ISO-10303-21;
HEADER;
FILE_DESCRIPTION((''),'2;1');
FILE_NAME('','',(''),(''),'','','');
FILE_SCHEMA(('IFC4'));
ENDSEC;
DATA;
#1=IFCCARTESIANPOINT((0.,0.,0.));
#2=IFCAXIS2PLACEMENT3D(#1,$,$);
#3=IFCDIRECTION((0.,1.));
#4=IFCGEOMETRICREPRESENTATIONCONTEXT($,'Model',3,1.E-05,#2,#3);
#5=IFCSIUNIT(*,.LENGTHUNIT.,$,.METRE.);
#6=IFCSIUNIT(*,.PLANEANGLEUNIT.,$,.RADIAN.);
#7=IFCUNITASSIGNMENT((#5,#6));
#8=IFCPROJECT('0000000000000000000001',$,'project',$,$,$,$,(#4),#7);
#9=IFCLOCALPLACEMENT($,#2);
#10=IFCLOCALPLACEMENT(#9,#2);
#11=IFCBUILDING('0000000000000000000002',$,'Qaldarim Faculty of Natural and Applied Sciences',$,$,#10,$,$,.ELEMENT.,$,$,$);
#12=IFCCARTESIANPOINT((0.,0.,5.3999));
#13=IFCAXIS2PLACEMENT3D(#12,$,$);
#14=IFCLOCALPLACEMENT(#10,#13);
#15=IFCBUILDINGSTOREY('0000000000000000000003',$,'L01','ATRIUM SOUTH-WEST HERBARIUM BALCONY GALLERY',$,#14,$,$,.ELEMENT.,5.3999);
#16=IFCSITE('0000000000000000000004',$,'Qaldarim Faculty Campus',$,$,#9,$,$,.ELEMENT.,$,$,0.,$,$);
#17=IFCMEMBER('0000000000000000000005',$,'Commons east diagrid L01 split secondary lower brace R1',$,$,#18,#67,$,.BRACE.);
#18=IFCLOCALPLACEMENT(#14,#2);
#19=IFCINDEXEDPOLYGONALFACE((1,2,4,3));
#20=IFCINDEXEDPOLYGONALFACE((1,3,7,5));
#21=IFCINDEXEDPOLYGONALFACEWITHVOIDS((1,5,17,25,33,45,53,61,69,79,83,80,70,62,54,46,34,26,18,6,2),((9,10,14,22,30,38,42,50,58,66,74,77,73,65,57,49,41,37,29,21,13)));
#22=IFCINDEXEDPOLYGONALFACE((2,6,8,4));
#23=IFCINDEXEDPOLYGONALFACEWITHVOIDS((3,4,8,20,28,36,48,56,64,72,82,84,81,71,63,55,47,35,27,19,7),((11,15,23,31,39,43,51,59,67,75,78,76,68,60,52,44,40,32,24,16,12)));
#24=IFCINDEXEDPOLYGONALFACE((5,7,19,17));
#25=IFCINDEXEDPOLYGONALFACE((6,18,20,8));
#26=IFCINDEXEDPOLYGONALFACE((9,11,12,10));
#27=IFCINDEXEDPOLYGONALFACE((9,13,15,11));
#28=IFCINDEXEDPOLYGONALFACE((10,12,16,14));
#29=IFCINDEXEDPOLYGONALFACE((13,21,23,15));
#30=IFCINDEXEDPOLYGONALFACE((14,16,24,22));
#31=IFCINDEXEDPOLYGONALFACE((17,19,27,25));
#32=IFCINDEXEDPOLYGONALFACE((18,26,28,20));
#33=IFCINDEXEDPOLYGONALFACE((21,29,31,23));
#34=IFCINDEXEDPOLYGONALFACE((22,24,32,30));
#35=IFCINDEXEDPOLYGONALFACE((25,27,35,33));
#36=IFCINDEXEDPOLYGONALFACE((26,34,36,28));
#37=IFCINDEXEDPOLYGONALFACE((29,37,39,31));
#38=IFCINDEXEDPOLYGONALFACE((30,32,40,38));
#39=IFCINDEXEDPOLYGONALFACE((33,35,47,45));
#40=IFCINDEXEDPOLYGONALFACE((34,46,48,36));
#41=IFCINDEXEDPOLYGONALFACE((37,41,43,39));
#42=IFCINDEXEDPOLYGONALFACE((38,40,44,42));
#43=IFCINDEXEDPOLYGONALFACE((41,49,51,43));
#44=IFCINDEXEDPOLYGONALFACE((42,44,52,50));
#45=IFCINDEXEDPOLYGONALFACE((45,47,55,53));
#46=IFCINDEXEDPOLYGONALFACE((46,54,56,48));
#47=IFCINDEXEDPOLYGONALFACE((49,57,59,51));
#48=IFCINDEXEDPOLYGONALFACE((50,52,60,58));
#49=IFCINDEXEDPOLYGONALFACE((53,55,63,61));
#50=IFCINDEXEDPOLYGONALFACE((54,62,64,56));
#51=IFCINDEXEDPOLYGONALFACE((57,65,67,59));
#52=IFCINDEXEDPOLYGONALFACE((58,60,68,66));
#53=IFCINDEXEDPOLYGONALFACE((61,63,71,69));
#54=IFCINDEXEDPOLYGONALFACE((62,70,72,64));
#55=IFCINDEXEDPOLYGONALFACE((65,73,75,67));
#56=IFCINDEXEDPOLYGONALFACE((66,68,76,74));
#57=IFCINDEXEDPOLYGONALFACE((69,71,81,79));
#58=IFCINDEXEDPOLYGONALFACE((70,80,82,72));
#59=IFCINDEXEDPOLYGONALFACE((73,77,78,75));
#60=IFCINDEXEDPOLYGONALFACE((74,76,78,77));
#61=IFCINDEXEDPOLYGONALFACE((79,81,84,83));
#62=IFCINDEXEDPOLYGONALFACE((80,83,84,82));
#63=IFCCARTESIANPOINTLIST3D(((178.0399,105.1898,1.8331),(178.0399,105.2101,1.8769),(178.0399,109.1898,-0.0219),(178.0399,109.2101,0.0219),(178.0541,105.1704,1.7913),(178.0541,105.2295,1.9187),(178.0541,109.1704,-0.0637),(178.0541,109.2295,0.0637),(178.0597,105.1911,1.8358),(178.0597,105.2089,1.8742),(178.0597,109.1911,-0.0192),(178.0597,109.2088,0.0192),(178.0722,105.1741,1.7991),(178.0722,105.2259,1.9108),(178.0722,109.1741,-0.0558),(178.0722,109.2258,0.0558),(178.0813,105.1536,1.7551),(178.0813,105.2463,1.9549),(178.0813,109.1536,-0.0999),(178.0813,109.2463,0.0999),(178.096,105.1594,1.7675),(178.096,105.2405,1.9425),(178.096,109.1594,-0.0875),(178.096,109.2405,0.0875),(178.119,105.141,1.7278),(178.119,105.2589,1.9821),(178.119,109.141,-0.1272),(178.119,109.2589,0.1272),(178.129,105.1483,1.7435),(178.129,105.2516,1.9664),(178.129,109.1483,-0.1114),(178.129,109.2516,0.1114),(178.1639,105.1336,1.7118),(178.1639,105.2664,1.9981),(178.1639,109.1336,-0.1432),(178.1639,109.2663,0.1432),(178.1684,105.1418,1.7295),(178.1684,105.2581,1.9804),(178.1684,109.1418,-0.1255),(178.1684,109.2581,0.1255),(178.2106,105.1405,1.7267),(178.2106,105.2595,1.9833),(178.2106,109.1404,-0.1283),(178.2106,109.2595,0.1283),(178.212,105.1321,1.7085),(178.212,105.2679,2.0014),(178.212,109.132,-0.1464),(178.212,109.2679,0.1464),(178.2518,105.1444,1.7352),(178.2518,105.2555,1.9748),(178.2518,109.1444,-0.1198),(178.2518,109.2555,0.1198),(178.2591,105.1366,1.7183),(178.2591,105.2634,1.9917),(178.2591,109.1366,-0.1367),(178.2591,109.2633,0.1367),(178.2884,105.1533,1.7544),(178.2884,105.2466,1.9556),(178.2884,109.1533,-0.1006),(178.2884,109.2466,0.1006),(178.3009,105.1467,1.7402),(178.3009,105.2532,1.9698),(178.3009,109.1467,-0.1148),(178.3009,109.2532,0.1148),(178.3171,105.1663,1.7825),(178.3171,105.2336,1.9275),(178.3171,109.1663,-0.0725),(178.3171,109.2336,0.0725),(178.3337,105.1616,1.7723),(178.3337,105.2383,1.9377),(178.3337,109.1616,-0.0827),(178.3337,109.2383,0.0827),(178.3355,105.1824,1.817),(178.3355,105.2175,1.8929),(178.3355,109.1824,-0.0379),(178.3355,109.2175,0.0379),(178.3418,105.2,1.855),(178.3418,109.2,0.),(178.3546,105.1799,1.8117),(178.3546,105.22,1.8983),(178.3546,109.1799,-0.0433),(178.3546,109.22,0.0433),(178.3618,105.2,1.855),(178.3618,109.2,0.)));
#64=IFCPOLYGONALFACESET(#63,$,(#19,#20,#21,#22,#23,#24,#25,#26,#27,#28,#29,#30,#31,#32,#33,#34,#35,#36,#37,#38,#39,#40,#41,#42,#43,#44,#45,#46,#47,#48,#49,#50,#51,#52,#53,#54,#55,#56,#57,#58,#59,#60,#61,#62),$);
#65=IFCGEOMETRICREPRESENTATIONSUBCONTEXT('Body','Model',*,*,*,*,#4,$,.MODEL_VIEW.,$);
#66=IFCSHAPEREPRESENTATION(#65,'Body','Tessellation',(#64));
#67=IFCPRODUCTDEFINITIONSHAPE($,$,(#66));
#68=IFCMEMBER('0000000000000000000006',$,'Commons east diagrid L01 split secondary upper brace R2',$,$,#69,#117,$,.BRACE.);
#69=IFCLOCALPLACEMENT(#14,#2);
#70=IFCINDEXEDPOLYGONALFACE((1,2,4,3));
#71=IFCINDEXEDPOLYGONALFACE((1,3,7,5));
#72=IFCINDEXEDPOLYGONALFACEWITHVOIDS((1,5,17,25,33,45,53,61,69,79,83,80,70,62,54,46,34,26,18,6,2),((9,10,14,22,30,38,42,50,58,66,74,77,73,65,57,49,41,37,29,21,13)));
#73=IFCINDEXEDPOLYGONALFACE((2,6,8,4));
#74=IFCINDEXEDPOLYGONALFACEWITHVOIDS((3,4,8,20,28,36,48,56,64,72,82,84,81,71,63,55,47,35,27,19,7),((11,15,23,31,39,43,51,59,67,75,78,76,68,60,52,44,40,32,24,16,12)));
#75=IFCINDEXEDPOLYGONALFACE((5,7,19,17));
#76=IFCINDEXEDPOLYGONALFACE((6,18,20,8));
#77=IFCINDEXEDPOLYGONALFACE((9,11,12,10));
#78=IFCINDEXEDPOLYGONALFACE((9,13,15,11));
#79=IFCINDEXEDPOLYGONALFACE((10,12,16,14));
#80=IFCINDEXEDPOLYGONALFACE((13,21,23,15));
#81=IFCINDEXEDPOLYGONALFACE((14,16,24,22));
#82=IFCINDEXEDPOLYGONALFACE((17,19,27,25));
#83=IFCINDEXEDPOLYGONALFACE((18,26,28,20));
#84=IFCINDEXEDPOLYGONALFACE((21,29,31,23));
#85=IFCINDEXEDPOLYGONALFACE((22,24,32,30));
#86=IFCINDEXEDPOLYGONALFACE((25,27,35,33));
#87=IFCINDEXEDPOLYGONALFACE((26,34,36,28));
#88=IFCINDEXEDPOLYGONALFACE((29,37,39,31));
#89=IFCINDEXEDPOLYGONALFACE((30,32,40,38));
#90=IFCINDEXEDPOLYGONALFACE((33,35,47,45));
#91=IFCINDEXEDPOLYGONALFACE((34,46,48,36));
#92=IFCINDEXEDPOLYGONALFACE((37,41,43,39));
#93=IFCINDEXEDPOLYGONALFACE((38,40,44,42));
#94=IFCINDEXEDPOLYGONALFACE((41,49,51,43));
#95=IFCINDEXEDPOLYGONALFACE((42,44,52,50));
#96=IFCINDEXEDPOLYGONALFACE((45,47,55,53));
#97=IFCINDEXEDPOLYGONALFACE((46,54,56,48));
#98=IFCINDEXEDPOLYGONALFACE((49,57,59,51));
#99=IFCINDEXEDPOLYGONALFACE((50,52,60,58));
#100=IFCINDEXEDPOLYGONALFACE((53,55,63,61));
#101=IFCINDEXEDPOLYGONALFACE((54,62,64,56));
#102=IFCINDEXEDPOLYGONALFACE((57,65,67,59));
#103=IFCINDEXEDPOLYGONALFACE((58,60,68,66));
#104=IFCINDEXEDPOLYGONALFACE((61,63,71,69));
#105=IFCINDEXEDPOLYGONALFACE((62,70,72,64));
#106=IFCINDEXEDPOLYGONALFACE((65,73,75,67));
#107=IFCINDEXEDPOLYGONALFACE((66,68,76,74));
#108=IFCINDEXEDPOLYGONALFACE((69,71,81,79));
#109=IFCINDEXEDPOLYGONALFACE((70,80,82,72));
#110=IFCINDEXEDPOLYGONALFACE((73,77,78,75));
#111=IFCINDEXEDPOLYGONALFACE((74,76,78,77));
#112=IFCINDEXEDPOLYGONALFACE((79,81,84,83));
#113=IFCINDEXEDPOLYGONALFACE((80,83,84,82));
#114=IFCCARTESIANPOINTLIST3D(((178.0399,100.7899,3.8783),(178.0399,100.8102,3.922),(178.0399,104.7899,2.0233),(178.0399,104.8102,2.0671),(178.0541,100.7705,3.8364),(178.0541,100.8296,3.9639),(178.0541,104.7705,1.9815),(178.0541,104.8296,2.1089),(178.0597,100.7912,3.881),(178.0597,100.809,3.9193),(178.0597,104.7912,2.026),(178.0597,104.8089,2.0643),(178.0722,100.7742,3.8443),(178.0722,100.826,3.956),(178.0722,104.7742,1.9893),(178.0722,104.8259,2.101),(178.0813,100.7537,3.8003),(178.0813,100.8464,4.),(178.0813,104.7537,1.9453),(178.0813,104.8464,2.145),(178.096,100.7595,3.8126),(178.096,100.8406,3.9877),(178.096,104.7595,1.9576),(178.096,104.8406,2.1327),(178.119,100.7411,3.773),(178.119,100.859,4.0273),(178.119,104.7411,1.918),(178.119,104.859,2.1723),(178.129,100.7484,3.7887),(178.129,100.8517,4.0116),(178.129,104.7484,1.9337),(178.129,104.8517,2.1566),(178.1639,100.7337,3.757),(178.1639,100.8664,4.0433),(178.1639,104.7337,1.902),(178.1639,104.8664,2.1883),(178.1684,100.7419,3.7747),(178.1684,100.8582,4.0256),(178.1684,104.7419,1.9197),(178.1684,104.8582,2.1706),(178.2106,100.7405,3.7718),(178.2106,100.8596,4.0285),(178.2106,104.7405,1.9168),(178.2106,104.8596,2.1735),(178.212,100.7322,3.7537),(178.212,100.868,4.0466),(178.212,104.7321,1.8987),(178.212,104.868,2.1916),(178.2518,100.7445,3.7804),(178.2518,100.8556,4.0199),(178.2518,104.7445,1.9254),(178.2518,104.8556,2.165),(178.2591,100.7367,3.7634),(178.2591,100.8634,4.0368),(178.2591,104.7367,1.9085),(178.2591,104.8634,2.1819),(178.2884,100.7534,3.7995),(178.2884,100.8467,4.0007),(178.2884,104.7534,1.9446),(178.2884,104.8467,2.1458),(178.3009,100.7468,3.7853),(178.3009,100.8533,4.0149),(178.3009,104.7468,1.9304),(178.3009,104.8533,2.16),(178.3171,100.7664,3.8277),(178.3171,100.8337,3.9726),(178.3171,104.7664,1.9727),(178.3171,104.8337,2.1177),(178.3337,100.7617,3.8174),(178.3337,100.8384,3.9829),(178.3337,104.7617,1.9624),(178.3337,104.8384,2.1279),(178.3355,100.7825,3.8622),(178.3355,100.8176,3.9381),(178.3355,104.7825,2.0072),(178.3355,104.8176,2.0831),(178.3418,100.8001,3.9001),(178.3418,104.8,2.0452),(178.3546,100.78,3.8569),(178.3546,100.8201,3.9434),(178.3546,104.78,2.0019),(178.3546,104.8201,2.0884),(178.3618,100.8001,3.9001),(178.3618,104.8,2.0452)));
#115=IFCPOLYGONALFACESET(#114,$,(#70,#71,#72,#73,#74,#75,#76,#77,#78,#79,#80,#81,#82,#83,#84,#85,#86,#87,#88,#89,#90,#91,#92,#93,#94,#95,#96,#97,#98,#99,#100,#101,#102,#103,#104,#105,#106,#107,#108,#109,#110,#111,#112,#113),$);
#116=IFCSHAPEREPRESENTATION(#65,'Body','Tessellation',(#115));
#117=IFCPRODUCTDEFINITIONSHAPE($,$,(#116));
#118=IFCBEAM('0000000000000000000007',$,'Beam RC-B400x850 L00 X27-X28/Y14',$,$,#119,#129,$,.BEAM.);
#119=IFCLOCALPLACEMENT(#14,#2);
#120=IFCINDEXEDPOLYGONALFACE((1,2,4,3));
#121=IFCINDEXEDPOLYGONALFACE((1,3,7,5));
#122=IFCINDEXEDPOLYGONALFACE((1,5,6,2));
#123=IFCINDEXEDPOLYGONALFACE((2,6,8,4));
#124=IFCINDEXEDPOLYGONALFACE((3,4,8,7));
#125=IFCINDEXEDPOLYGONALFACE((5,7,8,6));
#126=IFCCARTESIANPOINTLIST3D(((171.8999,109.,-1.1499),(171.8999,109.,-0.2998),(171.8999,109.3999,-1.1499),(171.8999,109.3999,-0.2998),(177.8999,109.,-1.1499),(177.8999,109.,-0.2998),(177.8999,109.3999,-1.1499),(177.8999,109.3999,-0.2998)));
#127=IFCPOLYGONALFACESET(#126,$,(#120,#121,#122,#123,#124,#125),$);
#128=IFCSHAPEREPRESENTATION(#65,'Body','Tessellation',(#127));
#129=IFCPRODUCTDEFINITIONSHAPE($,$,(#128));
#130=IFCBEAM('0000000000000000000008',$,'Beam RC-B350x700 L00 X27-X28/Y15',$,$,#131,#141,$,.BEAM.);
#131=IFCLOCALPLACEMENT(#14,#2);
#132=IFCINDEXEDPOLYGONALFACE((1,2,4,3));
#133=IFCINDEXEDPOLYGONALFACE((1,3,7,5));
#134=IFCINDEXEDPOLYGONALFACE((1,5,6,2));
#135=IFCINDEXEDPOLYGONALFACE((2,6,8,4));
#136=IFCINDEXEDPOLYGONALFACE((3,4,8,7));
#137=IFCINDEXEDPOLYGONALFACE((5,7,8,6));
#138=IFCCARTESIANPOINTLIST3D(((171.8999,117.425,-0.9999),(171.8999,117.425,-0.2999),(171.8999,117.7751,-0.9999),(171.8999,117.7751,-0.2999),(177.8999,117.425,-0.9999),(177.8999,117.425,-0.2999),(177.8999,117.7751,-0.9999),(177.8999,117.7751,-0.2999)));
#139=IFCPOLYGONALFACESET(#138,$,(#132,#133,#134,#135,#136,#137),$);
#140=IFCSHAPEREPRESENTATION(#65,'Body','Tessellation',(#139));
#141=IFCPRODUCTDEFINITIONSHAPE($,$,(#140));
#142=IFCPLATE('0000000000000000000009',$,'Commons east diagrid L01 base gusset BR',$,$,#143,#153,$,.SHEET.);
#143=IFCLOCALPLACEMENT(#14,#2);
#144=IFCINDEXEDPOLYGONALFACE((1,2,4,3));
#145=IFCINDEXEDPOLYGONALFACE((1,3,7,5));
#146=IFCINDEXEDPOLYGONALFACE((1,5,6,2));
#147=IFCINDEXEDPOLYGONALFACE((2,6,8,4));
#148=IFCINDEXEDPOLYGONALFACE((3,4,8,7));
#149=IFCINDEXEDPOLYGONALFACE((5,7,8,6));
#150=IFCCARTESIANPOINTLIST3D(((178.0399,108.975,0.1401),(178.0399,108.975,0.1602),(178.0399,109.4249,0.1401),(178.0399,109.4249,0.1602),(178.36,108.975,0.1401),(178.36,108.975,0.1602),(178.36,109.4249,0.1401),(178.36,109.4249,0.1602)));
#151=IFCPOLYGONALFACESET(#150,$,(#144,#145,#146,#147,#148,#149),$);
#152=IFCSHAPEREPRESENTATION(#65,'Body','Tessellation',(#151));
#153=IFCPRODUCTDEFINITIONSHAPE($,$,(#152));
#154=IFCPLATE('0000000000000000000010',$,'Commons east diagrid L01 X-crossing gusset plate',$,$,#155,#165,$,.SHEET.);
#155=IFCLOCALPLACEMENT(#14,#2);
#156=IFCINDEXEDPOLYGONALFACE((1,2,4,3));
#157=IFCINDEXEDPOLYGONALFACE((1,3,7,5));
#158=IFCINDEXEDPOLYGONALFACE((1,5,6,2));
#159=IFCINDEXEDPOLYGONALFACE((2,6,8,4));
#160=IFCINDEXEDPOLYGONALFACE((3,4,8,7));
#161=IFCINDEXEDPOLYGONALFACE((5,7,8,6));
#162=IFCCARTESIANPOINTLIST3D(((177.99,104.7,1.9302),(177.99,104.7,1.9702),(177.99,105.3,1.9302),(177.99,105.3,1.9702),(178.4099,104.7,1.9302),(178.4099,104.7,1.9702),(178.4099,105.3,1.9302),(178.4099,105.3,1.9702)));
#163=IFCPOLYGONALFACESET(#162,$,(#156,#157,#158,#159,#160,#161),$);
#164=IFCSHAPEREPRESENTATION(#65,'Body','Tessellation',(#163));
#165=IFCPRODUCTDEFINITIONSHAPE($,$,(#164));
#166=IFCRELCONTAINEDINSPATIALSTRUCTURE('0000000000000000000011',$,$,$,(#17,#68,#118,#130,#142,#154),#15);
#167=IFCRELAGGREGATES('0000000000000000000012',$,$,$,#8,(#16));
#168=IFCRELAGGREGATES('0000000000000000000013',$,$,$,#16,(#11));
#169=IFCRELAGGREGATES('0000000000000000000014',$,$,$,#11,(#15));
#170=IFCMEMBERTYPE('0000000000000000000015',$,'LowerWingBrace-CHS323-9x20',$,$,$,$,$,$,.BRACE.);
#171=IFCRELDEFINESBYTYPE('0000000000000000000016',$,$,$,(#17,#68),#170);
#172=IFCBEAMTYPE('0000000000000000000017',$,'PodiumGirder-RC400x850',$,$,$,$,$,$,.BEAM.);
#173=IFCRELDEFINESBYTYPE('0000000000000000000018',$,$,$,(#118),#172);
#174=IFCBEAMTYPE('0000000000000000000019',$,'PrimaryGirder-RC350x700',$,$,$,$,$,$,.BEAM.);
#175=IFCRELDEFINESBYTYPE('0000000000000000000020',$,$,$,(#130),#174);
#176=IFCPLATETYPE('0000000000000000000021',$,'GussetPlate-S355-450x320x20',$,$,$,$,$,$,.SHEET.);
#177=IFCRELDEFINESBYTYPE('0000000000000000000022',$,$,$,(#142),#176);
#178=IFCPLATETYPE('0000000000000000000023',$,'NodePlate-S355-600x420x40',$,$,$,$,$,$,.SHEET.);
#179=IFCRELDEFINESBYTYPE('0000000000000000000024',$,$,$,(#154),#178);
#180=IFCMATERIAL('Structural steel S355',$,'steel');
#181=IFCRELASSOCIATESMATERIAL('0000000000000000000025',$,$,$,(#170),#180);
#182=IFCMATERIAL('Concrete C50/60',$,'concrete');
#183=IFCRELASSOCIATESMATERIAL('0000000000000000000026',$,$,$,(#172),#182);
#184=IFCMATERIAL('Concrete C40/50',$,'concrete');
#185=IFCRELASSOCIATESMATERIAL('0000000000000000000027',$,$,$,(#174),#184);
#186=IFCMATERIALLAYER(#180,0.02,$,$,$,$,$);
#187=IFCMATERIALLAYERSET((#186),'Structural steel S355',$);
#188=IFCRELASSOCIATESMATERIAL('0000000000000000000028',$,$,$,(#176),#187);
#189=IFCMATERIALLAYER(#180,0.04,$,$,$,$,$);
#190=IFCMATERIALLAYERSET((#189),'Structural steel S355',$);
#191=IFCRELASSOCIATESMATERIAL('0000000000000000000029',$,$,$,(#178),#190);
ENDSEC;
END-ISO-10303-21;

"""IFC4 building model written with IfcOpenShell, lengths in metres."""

from ifc_helpers import new_model, si_unit, direction, frame, origin, origin_2d, place, context, subcontext, project, spatial, rectangle, hollow_circle, extrude, material, layer, layer_set, material_profile, profile_set, type_object, element, save


model = new_model("IFC4")

# Units and contexts
model_context = context("Model", 3, precision=1e-05, world=origin(), true_north=direction((0.0, 1.0)))
body_context = subcontext(model_context, "Body", "Model", "MODEL_VIEW")
ifc_project = project(units=[si_unit("LENGTHUNIT", "METRE"), si_unit("PLANEANGLEUNIT", "RADIAN")], contexts=[model_context])

# Site, building, storey
site_placement = place(None, origin())
site = spatial("IfcSite", under=ifc_project, at=site_placement, Name="Qaldarim Faculty Campus", CompositionType="ELEMENT", RefElevation=0.0)
building_placement = place(site_placement, origin())
building = spatial("IfcBuilding", under=site, at=building_placement, Name="Qaldarim Faculty of Natural and Applied Sciences", CompositionType="ELEMENT")
storey_placement = place(building_placement, frame((0.0, 0.0, 5.3999)))
storey = spatial("IfcBuildingStorey", under=building, at=storey_placement, Name="L01", Description="ATRIUM SOUTH-WEST HERBARIUM BALCONY GALLERY", CompositionType="ELEMENT", Elevation=5.3999)

# Shared definitions
ifc_material_1 = material(Name="Concrete C50/60", Category="concrete")

# Shared definitions
ifc_material_2 = material(Name="Concrete C40/50", Category="concrete")

# Members
ifc_material_3 = material(Name="Structural steel S355", Category="steel")
ifc_material_profile_1 = material_profile(ifc_material_3, hollow_circle(Radius=0.1619, WallThickness=0.02, at=origin_2d()), Name="CHS 323.9x20.0")
ifc_profile_set_1 = profile_set([ifc_material_profile_1], Name="Structural steel S355")
member_type = type_object("IfcMemberType", Name="LowerWingBrace-CHS323-9x20", PredefinedType="BRACE", material=ifc_profile_set_1)
for number, where, z_axis, x_axis, name in (
    (1, (178.2, 109.2, 0.0), (0.0, -0.907196, 0.420708), (1.0, 0.0, 0.0), "Commons east diagrid L01 split secondary lower brace R1"),
    (2, (178.2, 104.8, 2.0452), (0.0, -0.907196, 0.420708), (1.0, 0.0, 0.0), "Commons east diagrid L01 split secondary upper brace R2"),
):
    element("IfcMember", number, at=place(storey_placement, frame(where, z_axis=z_axis, x_axis=x_axis)), inside=storey, type_object=member_type, Name=name, PredefinedType="BRACE", context=body_context, shape_type="SweptSolid", body=[
        extrude(hollow_circle(Radius=0.1619, WallThickness=0.02, at=origin_2d()), origin(), (0.0, 0.0, 1.0), 4.4092),
    ])

# Beams
ifc_material_profile_2 = material_profile(ifc_material_1, rectangle(XDim=0.3999, YDim=0.8501, at=origin_2d()), Name="RC-B400x850")
ifc_profile_set_2 = profile_set([ifc_material_profile_2], Name="Concrete C50/60")
beam_type_1 = type_object("IfcBeamType", Name="PodiumGirder-RC400x850", PredefinedType="BEAM", material=ifc_profile_set_2)
beam_1_placement = place(storey_placement, frame((171.8999, 109.2, -0.7249), z_axis=(1.0, 0.0, 0.0), x_axis=(0.0, 1.0, 0.0)))
element("IfcBeam", 3, at=beam_1_placement, inside=storey, type_object=beam_type_1, Name="Beam RC-B400x850 L00 X27-X28/Y14", PredefinedType="BEAM", context=body_context, shape_type="SweptSolid", body=[
    extrude(rectangle(XDim=0.3999, YDim=0.8501, at=origin_2d()), origin(), (0.0, 0.0, 1.0), 6.0),
])
ifc_material_profile_3 = material_profile(ifc_material_2, rectangle(XDim=0.3501, YDim=0.7, at=origin_2d()), Name="RC-B350x700")
ifc_profile_set_3 = profile_set([ifc_material_profile_3], Name="Concrete C40/50")
beam_type_2 = type_object("IfcBeamType", Name="PrimaryGirder-RC350x700", PredefinedType="BEAM", material=ifc_profile_set_3)
beam_2_placement = place(storey_placement, frame((171.8999, 117.6001, -0.6499), z_axis=(1.0, 0.0, 0.0), x_axis=(0.0, 1.0, 0.0)))
element("IfcBeam", 4, at=beam_2_placement, inside=storey, type_object=beam_type_2, Name="Beam RC-B350x700 L00 X27-X28/Y15", PredefinedType="BEAM", context=body_context, shape_type="SweptSolid", body=[
    extrude(rectangle(XDim=0.3501, YDim=0.7, at=origin_2d()), origin(), (0.0, 0.0, 1.0), 6.0),
])

# Plates
ifc_layer_1 = layer(ifc_material_3, 0.02)
ifc_layer_set_1 = layer_set([ifc_layer_1], Name="Structural steel S355")
plate_type_1 = type_object("IfcPlateType", Name="GussetPlate-S355-450x320x20", PredefinedType="SHEET", material=ifc_layer_set_1)
plate_1_placement = place(storey_placement, frame((178.2, 109.2, 0.1401), z_axis=(0.0, 0.0, 1.0), x_axis=(0.0, 1.0, 0.0)))
element("IfcPlate", 5, at=plate_1_placement, inside=storey, type_object=plate_type_1, Name="Commons east diagrid L01 base gusset BR", PredefinedType="SHEET", context=body_context, shape_type="SweptSolid", body=[
    extrude(rectangle(XDim=0.45, YDim=0.3201, at=origin_2d()), origin(), (0.0, 0.0, 1.0), 0.02),
])
ifc_layer_2 = layer(ifc_material_3, 0.04)
ifc_layer_set_2 = layer_set([ifc_layer_2], Name="Structural steel S355")
plate_type_2 = type_object("IfcPlateType", Name="NodePlate-S355-600x420x40", PredefinedType="SHEET", material=ifc_layer_set_2)
plate_2_placement = place(storey_placement, frame((178.2, 105.0, 1.9302), z_axis=(0.0, 0.0, 1.0), x_axis=(0.0, 1.0, 0.0)))
element("IfcPlate", 6, at=plate_2_placement, inside=storey, type_object=plate_type_2, Name="Commons east diagrid L01 X-crossing gusset plate", PredefinedType="SHEET", context=body_context, shape_type="SweptSolid", body=[
    extrude(rectangle(XDim=0.6001, YDim=0.4199, at=origin_2d()), origin(), (0.0, 0.0, 1.0), 0.04),
])

save(model, "model.ifc")
